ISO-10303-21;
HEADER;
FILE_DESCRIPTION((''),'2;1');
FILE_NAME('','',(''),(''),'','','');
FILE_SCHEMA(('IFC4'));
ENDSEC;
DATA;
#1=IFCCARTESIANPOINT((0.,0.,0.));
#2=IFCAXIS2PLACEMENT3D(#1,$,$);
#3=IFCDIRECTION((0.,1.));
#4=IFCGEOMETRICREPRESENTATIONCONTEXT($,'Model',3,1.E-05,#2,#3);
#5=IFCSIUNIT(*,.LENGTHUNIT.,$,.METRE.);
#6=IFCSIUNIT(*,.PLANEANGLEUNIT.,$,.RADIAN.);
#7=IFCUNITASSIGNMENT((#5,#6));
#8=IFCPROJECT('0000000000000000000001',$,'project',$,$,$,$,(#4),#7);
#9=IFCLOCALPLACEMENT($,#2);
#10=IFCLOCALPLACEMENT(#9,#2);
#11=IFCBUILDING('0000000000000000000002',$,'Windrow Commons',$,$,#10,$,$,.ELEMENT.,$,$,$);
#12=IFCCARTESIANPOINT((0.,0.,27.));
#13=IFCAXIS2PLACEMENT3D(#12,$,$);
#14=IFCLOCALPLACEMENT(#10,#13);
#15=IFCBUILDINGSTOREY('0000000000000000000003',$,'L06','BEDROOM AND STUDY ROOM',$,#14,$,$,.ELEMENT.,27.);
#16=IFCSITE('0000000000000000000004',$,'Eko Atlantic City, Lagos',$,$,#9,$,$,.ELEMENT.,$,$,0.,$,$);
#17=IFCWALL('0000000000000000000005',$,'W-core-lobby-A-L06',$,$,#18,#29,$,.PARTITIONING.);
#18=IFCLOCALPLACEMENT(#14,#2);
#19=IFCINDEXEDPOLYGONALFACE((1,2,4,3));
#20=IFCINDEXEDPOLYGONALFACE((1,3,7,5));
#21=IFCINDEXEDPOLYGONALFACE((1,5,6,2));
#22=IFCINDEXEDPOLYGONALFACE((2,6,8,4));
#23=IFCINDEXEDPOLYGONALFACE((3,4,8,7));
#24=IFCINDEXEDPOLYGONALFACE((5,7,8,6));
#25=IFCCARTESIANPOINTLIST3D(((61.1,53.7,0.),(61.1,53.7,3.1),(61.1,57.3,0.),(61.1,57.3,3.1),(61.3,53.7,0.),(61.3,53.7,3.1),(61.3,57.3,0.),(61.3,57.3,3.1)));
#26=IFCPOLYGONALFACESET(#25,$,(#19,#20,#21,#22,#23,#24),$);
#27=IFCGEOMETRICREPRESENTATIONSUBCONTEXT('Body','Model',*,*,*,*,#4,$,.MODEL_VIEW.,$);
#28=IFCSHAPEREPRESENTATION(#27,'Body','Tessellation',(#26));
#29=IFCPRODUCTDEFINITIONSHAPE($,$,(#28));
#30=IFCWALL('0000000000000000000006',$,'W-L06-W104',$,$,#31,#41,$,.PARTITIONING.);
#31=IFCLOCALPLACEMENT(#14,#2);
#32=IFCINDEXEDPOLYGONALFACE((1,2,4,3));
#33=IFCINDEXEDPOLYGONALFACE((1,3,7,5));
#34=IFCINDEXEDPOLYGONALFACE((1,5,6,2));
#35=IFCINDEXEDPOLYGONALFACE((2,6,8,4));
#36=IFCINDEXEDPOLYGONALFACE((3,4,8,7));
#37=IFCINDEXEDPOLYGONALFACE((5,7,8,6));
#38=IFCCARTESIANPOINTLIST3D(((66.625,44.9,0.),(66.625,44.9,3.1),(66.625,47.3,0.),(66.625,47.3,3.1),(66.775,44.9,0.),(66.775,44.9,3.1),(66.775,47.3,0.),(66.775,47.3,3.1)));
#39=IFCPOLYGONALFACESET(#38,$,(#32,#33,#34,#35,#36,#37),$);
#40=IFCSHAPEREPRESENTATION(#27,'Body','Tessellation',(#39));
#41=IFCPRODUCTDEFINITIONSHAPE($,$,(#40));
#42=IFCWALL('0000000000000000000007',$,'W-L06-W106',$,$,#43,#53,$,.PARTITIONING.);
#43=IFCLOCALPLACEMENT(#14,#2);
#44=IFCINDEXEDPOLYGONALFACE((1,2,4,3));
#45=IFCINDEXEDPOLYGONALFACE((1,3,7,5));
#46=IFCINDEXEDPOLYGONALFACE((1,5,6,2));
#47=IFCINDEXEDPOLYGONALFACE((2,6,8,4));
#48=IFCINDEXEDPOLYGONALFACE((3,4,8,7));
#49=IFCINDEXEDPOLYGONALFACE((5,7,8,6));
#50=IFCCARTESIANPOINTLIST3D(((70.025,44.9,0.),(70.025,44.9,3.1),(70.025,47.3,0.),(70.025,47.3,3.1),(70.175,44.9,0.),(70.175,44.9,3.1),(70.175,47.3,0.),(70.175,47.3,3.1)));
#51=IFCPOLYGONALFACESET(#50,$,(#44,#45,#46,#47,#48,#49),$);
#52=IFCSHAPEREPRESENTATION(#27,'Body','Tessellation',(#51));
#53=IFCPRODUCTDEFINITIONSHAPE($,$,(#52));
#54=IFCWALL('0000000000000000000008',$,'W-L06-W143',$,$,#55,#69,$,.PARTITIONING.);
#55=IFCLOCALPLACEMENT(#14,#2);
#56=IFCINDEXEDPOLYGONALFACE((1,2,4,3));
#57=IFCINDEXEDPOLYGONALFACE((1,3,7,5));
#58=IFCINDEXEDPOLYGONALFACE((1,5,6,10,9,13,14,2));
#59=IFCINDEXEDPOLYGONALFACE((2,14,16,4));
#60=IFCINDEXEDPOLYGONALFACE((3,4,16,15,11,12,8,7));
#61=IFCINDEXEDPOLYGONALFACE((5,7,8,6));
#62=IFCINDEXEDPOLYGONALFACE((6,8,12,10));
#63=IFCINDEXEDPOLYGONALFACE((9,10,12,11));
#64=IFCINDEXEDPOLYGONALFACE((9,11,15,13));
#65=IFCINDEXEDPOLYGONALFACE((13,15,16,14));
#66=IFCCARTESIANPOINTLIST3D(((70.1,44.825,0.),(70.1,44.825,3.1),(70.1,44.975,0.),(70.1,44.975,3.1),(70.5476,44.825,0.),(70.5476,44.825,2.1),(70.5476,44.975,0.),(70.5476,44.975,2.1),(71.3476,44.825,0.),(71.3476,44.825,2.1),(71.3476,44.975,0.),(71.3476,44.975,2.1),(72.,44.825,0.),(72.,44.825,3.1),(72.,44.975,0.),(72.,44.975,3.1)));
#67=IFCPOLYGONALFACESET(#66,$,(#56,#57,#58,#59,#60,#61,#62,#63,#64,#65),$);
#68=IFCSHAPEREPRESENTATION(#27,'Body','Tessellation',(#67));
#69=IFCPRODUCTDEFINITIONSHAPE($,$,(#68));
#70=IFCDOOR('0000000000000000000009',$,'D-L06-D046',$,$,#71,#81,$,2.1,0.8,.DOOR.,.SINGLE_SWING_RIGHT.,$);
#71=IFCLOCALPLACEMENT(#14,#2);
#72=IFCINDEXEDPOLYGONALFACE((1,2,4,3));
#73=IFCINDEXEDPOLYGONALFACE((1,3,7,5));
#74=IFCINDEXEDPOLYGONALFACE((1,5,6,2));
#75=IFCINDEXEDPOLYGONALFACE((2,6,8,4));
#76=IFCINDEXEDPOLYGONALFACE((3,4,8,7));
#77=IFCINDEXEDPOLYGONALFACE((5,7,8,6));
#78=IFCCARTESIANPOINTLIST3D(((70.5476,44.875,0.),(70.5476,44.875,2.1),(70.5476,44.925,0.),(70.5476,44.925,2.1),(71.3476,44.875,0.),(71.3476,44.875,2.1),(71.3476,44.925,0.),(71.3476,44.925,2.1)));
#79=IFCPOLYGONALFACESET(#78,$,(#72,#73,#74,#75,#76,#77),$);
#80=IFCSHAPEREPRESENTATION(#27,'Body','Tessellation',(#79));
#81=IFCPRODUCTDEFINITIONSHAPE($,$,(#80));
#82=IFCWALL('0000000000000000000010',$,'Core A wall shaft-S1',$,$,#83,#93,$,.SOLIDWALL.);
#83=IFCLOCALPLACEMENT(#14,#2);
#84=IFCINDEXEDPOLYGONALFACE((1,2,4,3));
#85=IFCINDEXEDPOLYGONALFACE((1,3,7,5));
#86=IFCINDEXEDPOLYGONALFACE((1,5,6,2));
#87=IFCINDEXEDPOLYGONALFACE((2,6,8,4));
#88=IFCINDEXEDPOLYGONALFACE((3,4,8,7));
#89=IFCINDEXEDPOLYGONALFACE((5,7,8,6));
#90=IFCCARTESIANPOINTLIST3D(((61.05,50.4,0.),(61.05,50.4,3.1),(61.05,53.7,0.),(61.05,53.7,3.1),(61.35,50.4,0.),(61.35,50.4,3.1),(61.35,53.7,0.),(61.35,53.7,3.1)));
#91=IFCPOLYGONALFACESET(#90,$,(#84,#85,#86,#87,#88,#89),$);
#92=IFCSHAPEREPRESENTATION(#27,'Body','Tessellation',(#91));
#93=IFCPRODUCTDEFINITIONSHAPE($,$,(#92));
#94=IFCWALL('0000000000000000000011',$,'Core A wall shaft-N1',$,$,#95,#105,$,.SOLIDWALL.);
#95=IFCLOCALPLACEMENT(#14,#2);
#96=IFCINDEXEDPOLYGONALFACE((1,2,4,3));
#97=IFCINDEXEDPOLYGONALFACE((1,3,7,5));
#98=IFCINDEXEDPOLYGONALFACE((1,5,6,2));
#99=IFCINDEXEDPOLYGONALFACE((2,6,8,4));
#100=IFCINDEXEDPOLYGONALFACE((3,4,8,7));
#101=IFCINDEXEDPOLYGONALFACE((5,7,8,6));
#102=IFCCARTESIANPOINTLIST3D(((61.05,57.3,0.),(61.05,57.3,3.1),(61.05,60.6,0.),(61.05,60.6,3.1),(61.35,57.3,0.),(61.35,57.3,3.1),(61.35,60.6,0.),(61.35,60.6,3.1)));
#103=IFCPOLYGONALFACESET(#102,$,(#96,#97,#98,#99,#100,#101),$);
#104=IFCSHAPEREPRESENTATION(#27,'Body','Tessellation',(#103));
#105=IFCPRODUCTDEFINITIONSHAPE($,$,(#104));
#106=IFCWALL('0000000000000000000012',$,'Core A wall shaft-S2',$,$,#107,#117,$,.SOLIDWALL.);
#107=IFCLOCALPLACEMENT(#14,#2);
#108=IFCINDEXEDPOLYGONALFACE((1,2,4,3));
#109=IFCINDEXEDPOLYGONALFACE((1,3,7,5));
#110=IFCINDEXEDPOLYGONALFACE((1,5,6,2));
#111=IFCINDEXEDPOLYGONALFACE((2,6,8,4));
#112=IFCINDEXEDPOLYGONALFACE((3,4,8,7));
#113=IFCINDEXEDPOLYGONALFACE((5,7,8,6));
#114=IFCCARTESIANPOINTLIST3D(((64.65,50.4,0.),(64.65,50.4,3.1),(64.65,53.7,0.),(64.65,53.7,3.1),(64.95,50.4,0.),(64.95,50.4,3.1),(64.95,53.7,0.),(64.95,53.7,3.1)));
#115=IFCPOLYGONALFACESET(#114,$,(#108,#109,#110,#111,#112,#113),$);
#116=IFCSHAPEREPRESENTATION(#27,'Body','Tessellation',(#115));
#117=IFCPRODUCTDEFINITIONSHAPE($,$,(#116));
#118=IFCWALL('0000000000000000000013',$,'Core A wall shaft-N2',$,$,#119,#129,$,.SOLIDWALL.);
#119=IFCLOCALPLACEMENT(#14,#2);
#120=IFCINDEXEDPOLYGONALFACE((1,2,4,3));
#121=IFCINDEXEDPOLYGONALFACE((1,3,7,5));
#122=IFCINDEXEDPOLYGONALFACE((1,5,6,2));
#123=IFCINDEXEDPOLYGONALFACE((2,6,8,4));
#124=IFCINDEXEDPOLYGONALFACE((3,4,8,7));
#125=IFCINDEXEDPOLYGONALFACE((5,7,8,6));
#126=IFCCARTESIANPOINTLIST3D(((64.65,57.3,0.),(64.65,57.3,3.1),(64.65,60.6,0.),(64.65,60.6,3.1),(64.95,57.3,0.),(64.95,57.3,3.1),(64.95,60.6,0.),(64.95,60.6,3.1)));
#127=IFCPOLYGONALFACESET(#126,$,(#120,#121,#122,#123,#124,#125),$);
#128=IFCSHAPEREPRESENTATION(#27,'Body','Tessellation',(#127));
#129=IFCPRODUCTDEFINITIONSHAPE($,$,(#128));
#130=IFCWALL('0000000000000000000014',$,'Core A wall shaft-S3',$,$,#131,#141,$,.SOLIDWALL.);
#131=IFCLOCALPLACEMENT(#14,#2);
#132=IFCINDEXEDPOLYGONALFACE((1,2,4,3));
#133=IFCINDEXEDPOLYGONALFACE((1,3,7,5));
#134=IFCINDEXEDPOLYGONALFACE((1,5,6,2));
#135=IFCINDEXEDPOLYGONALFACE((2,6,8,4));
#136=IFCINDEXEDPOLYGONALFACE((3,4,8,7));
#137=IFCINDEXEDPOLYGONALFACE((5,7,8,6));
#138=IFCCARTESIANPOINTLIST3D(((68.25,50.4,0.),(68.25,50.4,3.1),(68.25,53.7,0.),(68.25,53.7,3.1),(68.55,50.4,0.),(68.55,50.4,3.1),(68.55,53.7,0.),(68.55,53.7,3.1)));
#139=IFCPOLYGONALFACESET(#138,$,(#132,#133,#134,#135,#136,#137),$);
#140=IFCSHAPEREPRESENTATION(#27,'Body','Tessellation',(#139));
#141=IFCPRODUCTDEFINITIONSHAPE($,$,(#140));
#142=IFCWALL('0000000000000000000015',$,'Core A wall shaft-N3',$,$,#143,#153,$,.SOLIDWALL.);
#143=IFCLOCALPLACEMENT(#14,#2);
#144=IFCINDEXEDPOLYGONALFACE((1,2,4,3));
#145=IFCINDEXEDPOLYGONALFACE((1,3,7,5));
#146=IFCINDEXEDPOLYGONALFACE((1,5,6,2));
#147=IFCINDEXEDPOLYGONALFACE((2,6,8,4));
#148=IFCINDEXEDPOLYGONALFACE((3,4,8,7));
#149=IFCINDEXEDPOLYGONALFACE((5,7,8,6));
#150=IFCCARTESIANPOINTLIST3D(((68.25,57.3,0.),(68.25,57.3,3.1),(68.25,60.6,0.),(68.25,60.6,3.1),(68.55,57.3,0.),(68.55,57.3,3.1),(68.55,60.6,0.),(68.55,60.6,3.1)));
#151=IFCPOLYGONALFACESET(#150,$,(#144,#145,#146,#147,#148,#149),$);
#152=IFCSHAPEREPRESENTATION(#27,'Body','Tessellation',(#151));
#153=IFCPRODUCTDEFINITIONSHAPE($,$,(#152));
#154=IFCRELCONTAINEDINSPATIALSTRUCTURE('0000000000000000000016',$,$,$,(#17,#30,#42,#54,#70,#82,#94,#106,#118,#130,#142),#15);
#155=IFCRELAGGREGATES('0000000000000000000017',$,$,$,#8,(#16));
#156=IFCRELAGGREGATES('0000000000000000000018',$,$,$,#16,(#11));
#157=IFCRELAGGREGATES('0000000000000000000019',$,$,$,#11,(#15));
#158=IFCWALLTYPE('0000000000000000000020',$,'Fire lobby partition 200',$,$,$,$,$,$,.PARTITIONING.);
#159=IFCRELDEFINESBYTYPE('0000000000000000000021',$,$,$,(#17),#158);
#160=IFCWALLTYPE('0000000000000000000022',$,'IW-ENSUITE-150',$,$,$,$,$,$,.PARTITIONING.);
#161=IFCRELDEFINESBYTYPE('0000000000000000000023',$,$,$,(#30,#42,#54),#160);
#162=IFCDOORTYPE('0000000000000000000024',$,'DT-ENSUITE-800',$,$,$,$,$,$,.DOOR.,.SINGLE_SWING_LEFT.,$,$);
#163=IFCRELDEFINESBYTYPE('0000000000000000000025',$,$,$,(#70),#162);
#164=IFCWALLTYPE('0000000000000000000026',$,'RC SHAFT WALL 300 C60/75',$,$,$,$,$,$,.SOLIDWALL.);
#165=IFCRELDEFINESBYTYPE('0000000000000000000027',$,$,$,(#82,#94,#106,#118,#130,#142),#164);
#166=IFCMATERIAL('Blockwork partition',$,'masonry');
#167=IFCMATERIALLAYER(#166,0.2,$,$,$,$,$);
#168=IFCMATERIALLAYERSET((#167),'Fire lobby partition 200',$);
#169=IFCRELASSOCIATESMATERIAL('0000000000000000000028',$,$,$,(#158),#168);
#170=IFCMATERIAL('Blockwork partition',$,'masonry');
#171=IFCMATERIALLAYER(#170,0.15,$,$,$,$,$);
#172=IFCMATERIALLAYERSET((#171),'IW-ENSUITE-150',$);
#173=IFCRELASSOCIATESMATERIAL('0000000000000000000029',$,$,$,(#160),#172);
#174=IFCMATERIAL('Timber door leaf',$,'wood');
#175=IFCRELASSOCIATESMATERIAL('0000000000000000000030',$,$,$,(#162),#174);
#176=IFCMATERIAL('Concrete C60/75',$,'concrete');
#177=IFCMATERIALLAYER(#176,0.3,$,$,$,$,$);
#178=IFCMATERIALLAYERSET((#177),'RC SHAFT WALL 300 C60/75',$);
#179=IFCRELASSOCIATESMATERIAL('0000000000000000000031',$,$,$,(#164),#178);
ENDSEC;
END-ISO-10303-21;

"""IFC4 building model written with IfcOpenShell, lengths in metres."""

from ifc_helpers import new_model, si_unit, direction, frame, frame_2d, origin, place, context, subcontext, project, spatial, rectangle, extrude, material, layer, layer_set, type_object, element, fill, save


model = new_model("IFC4")

# Units and contexts
model_context = context("Model", 3, precision=1e-05, world=origin(), true_north=direction((0.0, 1.0)))
body_context = subcontext(model_context, "Body", "Model", "MODEL_VIEW")
ifc_project = project(units=[si_unit("LENGTHUNIT", "METRE"), si_unit("PLANEANGLEUNIT", "RADIAN")], contexts=[model_context])

# Site, building, storey
site_placement = place(None, origin())
site = spatial("IfcSite", under=ifc_project, at=site_placement, Name="Eko Atlantic City, Lagos", CompositionType="ELEMENT", RefElevation=0.0)
building_placement = place(site_placement, origin())
building = spatial("IfcBuilding", under=site, at=building_placement, Name="Windrow Commons", CompositionType="ELEMENT")
storey_placement = place(building_placement, frame((0.0, 0.0, 27.0)))
storey = spatial("IfcBuildingStorey", under=building, at=storey_placement, Name="L06", Description="BEDROOM AND STUDY ROOM", CompositionType="ELEMENT", Elevation=27.0)

# Walls
ifc_material_1 = material(Name="Blockwork partition", Category="masonry")
ifc_layer_1 = layer(ifc_material_1, 0.2)
ifc_layer_set_1 = layer_set([ifc_layer_1], Name="Fire lobby partition 200")
wall_type_1 = type_object("IfcWallType", Name="Fire lobby partition 200", PredefinedType="PARTITIONING", material=ifc_layer_set_1)
wall_1_placement = place(storey_placement, frame((61.2, 53.7, 0.0), z_axis=(0.0, 0.0, 1.0), x_axis=(0.0, 1.0, 0.0)))
element("IfcWall", 1, at=wall_1_placement, inside=storey, type_object=wall_type_1, Name="W-core-lobby-A-L06", PredefinedType="PARTITIONING", context=body_context, shape_type="SweptSolid", body=[
    extrude(rectangle(XDim=3.6, YDim=0.2, at=frame_2d((1.8, 0.0))), origin(), (0.0, 0.0, 1.0), 3.1),
])
ifc_material_2 = material(Name="Blockwork partition", Category="masonry")
ifc_layer_2 = layer(ifc_material_2, 0.15)
ifc_layer_set_2 = layer_set([ifc_layer_2], Name="IW-ENSUITE-150")
wall_type_2 = type_object("IfcWallType", Name="IW-ENSUITE-150", PredefinedType="PARTITIONING", material=ifc_layer_set_2)
for number, where, z_axis, x_axis, name in (
    (2, (66.7, 44.9, 0.0), (0.0, 0.0, 1.0), (0.0, 1.0, 0.0), "W-L06-W104"),
    (3, (70.1, 44.9, 0.0), (0.0, 0.0, 1.0), (0.0, 1.0, 0.0), "W-L06-W106"),
):
    element("IfcWall", number, at=place(storey_placement, frame(where, z_axis=z_axis, x_axis=x_axis)), inside=storey, type_object=wall_type_2, Name=name, PredefinedType="PARTITIONING", context=body_context, shape_type="SweptSolid", body=[
        extrude(rectangle(XDim=2.4, YDim=0.15, at=frame_2d((1.2, 0.0))), origin(), (0.0, 0.0, 1.0), 3.1),
    ])

# Wall, opening, door
wall_2_placement = place(storey_placement, frame((70.1, 44.9, 0.0), z_axis=(0.0, 0.0, 1.0), x_axis=(1.0, 0.0, 0.0)))
wall_2 = element("IfcWall", 4, at=wall_2_placement, inside=storey, type_object=wall_type_2, Name="W-L06-W143", PredefinedType="PARTITIONING", context=body_context, shape_type="SweptSolid", body=[
    extrude(rectangle(XDim=1.9, YDim=0.15, at=frame_2d((0.95, 0.0))), origin(), (0.0, 0.0, 1.0), 3.1),
])
opening_1_placement = place(wall_2_placement, frame((0.4476, 0.0, 0.0)))
opening_1 = element("IfcOpeningElement", 5, at=opening_1_placement, cuts=wall_2, PredefinedType="OPENING", context=body_context, shape_type="SweptSolid", body=[
    extrude(rectangle(XDim=0.8, YDim=2.1, at=frame_2d((0.4, 1.05))), frame((0.0, 0.085, 0.0), z_axis=(0.0, -1.0, 0.0), x_axis=(1.0, 0.0, 0.0)), (0.0, 0.0, 1.0), 0.17),
])
ifc_material_3 = material(Name="Timber door leaf", Category="wood")
door_type_1 = type_object("IfcDoorType", Name="DT-ENSUITE-800", OperationType="SINGLE_SWING_LEFT", PredefinedType="DOOR", material=ifc_material_3)
door_1_placement = place(opening_1_placement, origin())
door_1 = element("IfcDoor", 6, at=door_1_placement, inside=storey, type_object=door_type_1, Name="D-L06-D046", OperationType="SINGLE_SWING_RIGHT", OverallHeight=2.1, OverallWidth=0.8, PredefinedType="DOOR", context=body_context, shape_type="SweptSolid", body=[
    extrude(rectangle(XDim=0.8, YDim=2.1, at=frame_2d((0.4, 1.05))), frame((0.0, 0.025, 0.0), z_axis=(0.0, -1.0, 0.0), x_axis=(1.0, 0.0, 0.0)), (0.0, 0.0, 1.0), 0.05),
])
fill(opening_1, door_1)

# Walls
ifc_material_4 = material(Name="Concrete C60/75", Category="concrete")
ifc_layer_3 = layer(ifc_material_4, 0.3)
ifc_layer_set_3 = layer_set([ifc_layer_3], Name="RC SHAFT WALL 300 C60/75")
wall_type_3 = type_object("IfcWallType", Name="RC SHAFT WALL 300 C60/75", PredefinedType="SOLIDWALL", material=ifc_layer_set_3)
for number, where, z_axis, x_axis, name in (
    (7, (61.2, 50.4, 0.0), (0.0, 0.0, 1.0), (0.0, 1.0, 0.0), "Core A wall shaft-S1"),
    (8, (61.2, 57.3, 0.0), (0.0, 0.0, 1.0), (0.0, 1.0, 0.0), "Core A wall shaft-N1"),
    (9, (64.8, 50.4, 0.0), (0.0, 0.0, 1.0), (0.0, 1.0, 0.0), "Core A wall shaft-S2"),
    (10, (64.8, 57.3, 0.0), (0.0, 0.0, 1.0), (0.0, 1.0, 0.0), "Core A wall shaft-N2"),
    (11, (68.4, 50.4, 0.0), (0.0, 0.0, 1.0), (0.0, 1.0, 0.0), "Core A wall shaft-S3"),
    (12, (68.4, 57.3, 0.0), (0.0, 0.0, 1.0), (0.0, 1.0, 0.0), "Core A wall shaft-N3"),
):
    element("IfcWall", number, at=place(storey_placement, frame(where, z_axis=z_axis, x_axis=x_axis)), inside=storey, type_object=wall_type_3, Name=name, PredefinedType="SOLIDWALL", context=body_context, shape_type="SweptSolid", body=[
        extrude(rectangle(XDim=3.3, YDim=0.3, at=frame_2d((1.65, 0.0))), origin(), (0.0, 0.0, 1.0), 3.1),
    ])

save(model, "model.ifc")
